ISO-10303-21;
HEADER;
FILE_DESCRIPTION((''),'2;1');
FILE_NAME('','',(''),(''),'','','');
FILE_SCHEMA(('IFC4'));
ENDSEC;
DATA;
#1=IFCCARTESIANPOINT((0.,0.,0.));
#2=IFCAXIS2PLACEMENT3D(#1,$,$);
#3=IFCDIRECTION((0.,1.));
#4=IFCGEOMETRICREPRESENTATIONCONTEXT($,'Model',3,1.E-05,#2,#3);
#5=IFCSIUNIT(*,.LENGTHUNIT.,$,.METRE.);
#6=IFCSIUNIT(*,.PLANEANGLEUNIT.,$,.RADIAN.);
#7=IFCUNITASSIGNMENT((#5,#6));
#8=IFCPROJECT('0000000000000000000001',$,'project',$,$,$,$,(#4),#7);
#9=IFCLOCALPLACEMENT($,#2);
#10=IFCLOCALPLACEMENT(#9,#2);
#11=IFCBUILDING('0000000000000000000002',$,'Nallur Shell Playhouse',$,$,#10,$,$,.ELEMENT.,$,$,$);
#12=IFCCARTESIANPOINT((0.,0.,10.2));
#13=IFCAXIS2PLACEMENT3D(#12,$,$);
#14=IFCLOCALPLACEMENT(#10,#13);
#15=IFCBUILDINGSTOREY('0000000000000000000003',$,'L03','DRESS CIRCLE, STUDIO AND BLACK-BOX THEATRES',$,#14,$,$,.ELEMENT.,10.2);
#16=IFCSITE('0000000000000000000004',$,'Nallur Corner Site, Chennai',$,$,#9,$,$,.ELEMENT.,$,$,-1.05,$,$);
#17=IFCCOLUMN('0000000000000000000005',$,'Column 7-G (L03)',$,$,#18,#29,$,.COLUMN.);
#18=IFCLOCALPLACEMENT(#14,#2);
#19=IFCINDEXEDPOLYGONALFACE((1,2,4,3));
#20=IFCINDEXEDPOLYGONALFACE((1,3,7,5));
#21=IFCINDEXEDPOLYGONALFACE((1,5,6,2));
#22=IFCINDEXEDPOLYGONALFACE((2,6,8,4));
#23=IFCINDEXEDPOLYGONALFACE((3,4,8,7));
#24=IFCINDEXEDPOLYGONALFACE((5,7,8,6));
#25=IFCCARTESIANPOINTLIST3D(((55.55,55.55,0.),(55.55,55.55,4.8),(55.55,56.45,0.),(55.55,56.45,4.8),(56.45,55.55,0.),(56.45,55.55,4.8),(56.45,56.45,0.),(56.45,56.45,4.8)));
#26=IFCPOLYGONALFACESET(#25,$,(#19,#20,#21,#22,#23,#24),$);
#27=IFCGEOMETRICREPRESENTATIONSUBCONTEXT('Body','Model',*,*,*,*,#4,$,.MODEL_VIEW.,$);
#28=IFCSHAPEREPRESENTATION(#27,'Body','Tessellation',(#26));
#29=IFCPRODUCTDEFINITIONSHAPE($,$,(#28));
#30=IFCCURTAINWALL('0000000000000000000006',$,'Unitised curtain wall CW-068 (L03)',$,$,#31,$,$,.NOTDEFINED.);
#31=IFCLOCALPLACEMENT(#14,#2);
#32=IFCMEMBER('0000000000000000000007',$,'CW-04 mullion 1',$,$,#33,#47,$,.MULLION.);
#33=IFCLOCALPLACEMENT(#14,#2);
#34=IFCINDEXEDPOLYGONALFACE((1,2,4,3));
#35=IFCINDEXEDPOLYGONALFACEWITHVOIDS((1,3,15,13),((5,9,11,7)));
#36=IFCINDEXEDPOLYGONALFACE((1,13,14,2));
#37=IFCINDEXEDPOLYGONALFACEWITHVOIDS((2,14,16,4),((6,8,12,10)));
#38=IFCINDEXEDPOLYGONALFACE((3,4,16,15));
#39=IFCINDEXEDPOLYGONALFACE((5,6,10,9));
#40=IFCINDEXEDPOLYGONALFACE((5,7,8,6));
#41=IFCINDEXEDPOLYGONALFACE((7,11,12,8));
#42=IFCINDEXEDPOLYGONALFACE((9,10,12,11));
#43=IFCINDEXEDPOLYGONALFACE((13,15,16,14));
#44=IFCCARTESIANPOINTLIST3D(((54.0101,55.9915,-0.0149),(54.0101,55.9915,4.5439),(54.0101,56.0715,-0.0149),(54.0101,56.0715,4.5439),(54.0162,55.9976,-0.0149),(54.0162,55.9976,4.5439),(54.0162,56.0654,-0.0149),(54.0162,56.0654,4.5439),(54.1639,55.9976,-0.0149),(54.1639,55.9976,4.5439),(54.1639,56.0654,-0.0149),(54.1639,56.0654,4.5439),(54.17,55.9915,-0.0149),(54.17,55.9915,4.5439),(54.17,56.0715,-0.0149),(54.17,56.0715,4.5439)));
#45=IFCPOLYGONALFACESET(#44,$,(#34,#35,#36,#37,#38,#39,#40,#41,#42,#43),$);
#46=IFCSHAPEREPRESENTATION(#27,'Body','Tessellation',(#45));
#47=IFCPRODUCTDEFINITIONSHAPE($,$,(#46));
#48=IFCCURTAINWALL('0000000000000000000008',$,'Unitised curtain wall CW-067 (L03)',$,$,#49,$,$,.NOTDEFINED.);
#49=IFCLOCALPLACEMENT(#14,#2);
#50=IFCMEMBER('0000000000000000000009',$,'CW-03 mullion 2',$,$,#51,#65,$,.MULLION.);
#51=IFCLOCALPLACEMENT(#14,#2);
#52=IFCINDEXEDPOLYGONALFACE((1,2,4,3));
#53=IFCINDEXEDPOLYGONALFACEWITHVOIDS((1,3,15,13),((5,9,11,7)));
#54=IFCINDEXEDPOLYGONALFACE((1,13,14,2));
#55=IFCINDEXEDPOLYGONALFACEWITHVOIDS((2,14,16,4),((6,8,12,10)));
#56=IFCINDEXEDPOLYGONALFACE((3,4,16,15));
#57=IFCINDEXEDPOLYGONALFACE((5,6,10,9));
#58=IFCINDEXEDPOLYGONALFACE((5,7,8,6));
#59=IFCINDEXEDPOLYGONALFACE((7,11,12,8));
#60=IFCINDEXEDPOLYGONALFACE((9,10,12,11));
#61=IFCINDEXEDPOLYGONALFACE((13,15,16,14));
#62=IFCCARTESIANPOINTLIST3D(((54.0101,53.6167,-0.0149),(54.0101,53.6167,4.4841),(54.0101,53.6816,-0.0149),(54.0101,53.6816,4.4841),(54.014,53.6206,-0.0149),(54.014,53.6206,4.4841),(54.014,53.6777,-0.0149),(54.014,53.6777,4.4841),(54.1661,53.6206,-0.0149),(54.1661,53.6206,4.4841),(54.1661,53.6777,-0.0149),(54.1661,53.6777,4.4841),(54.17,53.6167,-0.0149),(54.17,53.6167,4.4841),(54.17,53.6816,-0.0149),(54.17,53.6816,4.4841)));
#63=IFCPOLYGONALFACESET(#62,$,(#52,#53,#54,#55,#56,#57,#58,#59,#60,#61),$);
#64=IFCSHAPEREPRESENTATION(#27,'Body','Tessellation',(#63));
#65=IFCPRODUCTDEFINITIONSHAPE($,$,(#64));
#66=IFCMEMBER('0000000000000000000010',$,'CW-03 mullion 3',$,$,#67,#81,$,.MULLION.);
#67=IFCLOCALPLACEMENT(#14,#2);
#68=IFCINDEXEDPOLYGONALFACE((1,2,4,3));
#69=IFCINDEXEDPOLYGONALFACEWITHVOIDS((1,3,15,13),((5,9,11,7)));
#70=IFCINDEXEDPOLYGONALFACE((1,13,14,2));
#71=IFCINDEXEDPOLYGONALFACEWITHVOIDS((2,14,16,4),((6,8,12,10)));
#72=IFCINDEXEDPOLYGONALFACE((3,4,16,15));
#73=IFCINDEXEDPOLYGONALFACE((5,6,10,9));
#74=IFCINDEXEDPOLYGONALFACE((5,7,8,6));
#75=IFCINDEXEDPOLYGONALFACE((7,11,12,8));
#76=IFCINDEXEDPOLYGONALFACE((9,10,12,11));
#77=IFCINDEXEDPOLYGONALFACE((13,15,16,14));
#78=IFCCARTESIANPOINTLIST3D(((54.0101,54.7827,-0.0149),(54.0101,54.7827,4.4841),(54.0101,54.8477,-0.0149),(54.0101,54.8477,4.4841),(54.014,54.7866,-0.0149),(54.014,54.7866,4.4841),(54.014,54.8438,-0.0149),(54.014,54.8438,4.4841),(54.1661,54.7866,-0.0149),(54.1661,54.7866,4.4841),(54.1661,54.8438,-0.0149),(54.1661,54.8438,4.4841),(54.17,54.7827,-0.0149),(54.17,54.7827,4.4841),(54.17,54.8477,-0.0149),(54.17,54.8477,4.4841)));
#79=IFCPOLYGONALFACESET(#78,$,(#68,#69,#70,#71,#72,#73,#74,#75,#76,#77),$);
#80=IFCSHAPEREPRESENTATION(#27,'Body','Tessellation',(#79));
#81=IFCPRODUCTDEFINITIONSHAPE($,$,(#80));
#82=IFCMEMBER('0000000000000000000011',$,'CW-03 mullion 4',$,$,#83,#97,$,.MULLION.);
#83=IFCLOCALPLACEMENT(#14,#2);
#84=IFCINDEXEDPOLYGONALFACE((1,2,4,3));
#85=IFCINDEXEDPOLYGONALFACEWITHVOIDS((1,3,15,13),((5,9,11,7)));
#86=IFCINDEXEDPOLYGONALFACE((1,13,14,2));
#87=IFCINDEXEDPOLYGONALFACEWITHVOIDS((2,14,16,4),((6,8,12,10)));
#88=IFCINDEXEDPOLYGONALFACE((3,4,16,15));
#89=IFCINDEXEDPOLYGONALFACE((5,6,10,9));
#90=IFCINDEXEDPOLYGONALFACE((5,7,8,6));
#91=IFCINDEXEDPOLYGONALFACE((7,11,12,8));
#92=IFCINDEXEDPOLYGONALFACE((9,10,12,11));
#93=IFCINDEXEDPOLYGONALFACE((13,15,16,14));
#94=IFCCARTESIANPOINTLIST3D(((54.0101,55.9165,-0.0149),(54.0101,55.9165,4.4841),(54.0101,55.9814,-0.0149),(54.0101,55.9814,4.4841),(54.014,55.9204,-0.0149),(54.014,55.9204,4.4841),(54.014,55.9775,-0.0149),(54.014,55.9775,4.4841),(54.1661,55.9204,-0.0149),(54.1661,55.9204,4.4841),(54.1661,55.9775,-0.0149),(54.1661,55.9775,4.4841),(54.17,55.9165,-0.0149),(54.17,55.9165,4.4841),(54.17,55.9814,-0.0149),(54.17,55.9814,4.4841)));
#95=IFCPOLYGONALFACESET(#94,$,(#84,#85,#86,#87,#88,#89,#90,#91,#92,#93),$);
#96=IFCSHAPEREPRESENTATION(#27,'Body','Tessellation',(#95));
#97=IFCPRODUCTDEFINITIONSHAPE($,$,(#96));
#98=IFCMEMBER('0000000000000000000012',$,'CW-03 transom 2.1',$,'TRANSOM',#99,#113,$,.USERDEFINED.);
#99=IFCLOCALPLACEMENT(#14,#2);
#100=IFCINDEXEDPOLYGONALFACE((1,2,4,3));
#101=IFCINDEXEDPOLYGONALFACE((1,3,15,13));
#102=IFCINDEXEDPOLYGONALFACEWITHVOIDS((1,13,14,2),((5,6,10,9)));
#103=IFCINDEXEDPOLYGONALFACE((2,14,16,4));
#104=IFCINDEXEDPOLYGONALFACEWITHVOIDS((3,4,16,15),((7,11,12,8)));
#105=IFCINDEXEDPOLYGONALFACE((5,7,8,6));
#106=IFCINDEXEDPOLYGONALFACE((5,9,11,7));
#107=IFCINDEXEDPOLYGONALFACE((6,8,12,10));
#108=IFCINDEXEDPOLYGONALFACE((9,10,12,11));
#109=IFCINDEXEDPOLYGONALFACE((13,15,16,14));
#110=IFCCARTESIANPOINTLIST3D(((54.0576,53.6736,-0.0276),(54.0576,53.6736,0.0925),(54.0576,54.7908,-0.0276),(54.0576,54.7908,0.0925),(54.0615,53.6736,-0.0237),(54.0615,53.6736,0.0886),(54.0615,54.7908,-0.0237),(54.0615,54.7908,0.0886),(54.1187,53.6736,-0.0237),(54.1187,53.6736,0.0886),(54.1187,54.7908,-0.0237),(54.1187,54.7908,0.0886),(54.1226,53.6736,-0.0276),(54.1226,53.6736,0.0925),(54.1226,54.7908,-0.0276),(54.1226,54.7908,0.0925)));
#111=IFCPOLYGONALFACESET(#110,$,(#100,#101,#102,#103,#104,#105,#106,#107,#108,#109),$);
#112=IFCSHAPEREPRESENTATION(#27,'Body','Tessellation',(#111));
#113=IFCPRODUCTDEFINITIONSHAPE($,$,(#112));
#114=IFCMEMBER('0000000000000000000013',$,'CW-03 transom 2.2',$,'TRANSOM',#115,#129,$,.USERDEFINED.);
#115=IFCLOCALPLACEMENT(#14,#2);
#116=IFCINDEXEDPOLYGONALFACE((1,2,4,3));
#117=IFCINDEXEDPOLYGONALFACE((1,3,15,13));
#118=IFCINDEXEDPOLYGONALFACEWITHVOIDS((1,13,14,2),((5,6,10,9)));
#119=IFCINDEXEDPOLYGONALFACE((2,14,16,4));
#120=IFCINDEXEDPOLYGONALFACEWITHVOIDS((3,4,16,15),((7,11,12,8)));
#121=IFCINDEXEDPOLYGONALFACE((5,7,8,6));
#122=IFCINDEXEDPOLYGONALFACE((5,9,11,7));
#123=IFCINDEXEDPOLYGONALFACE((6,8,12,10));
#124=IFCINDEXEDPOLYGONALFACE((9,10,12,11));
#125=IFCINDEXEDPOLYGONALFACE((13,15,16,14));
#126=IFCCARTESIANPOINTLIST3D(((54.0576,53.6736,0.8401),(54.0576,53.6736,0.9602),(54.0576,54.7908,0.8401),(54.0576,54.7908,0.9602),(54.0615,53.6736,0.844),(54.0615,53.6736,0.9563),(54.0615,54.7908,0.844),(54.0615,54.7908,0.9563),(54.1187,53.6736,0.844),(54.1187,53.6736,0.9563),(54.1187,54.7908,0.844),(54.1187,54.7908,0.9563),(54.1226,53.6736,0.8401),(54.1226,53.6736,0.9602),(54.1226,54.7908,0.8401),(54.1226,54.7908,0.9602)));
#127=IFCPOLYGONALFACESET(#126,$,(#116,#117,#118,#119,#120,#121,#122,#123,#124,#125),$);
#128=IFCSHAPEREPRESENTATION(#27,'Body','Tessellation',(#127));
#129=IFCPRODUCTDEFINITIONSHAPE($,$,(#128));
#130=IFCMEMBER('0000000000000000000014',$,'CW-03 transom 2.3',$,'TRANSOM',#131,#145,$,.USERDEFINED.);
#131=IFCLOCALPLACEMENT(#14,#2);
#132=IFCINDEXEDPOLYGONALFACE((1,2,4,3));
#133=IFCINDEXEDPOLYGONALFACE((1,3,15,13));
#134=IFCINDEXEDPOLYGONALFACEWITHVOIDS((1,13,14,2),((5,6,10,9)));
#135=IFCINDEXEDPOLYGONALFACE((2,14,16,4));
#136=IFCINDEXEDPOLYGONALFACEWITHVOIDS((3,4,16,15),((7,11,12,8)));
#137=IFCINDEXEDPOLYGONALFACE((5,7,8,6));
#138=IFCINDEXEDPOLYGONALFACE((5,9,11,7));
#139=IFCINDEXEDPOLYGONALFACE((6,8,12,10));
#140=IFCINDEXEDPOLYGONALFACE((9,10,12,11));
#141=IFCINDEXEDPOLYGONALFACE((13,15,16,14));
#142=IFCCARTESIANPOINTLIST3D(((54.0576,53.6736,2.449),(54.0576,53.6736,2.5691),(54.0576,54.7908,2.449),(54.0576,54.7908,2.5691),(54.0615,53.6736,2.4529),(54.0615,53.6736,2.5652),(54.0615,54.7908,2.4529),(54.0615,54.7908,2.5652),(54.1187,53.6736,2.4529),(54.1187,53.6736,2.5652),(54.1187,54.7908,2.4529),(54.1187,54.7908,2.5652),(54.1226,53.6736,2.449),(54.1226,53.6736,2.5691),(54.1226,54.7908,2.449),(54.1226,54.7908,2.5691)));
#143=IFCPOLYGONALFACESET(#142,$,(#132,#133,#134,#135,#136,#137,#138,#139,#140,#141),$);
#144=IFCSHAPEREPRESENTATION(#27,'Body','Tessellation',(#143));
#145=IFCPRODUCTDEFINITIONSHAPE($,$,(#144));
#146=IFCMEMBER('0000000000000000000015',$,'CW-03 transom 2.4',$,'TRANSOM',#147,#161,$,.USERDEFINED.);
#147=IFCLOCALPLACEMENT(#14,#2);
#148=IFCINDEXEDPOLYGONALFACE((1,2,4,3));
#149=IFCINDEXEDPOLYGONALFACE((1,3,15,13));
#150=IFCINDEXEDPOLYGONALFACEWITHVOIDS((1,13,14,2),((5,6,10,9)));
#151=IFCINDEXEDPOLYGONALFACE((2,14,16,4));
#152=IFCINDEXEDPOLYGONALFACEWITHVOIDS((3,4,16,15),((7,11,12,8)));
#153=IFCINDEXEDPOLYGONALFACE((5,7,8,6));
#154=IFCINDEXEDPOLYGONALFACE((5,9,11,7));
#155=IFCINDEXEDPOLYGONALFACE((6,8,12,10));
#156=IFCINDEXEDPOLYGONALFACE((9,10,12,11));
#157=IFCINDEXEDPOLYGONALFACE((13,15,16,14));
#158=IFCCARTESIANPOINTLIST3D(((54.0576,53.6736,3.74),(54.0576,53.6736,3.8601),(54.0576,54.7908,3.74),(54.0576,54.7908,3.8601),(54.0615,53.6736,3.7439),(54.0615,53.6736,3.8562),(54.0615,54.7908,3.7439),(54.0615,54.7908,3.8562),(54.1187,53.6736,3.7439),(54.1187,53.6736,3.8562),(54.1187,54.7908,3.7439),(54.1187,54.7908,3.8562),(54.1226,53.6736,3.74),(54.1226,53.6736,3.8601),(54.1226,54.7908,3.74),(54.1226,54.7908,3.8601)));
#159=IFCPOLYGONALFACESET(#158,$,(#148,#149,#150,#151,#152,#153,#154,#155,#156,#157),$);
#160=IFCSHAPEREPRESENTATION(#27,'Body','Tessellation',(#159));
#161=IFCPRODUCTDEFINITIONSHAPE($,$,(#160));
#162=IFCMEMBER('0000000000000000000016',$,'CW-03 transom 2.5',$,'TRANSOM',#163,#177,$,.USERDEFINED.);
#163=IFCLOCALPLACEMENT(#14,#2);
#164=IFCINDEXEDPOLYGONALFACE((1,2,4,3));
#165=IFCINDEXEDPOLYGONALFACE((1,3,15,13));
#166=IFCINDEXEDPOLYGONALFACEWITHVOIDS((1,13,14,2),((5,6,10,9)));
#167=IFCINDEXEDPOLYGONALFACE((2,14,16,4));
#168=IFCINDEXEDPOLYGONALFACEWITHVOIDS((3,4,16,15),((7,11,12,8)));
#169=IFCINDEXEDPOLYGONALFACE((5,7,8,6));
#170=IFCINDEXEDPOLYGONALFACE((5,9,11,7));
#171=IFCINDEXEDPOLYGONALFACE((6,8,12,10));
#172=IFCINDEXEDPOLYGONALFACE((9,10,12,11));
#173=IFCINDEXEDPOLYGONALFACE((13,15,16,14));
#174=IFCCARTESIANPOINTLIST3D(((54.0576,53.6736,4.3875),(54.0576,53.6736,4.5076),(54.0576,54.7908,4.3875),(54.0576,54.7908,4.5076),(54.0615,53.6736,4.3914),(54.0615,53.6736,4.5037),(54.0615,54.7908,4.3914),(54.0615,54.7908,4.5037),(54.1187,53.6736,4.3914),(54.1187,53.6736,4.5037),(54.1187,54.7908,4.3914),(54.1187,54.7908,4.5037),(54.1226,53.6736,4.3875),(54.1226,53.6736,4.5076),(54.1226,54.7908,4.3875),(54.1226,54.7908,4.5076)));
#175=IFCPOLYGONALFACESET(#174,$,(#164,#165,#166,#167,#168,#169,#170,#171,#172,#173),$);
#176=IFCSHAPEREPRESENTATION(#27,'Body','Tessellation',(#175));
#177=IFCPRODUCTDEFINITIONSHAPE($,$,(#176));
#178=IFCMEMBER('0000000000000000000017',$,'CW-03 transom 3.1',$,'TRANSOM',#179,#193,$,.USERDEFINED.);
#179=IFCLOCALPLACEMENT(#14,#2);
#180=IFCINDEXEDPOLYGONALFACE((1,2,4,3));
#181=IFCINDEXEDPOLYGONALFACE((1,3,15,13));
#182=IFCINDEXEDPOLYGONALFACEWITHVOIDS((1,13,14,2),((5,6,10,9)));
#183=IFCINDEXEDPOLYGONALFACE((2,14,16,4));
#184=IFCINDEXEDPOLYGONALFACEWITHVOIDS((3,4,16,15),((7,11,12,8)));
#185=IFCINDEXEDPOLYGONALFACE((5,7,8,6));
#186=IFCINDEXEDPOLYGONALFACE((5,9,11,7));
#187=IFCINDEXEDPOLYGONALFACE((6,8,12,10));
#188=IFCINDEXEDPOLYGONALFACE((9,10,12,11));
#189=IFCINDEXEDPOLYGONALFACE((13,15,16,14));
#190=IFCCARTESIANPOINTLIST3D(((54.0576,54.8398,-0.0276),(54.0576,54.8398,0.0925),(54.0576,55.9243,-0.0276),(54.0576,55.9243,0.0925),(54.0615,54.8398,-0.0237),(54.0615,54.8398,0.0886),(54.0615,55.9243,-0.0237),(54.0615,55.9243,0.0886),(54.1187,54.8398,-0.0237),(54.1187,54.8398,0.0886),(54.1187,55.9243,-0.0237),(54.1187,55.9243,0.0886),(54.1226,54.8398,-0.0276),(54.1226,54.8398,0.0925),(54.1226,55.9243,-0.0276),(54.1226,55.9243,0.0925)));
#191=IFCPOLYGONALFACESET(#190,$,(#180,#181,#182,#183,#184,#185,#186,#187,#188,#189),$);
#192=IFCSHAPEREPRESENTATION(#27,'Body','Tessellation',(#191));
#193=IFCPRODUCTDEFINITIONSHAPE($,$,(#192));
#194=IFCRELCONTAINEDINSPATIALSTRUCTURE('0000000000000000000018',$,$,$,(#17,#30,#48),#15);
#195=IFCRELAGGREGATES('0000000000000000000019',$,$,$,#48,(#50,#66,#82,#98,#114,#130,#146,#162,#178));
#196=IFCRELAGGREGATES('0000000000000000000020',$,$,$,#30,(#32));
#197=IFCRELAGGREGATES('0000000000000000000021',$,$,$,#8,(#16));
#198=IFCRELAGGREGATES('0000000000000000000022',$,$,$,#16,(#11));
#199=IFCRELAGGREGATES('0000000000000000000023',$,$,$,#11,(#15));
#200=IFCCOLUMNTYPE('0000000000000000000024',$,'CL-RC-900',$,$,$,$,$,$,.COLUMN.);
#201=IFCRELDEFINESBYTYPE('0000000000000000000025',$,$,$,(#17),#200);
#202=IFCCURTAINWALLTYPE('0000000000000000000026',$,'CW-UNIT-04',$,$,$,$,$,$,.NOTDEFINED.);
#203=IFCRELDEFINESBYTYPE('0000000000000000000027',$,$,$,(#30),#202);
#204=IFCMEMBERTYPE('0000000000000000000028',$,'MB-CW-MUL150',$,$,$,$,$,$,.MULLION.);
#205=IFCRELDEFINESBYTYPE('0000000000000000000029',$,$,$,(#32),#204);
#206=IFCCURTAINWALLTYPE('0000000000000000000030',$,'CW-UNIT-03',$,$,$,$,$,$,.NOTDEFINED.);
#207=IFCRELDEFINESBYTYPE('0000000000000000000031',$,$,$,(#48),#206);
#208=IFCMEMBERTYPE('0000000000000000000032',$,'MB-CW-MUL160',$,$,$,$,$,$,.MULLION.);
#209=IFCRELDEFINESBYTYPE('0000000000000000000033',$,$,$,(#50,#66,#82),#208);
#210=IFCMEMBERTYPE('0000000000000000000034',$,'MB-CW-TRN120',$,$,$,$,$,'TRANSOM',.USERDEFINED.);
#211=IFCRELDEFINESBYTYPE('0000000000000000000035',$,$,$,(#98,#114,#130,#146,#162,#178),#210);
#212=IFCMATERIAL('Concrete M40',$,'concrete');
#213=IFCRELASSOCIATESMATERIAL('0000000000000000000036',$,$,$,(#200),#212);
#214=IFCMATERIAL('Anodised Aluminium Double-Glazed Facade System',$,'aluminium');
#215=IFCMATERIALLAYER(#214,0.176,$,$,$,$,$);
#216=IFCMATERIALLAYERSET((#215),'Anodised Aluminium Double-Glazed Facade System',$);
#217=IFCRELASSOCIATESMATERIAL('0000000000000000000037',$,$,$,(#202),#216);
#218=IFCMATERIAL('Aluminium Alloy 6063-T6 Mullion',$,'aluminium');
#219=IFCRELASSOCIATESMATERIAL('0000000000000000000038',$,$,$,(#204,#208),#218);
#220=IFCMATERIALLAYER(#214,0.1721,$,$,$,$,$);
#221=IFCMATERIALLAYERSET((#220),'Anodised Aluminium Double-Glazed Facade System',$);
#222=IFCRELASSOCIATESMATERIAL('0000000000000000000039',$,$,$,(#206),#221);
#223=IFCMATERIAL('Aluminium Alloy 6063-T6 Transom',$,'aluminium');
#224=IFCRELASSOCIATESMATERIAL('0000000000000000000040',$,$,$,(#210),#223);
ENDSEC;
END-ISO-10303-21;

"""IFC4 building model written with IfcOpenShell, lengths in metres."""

from ifc_helpers import new_model, si_unit, direction, frame, origin, origin_2d, place, context, subcontext, project, spatial, rectangle, hollow_rectangle, extrude, material, layer, layer_set, material_profile, profile_set, type_object, element, aggregate, save


model = new_model("IFC4")

# Units and contexts
model_context = context("Model", 3, precision=1e-05, world=origin(), true_north=direction((0.0, 1.0)))
body_context = subcontext(model_context, "Body", "Model", "MODEL_VIEW")
ifc_project = project(units=[si_unit("LENGTHUNIT", "METRE"), si_unit("PLANEANGLEUNIT", "RADIAN")], contexts=[model_context])

# Site, building, storey
site_placement = place(None, origin())
site = spatial("IfcSite", under=ifc_project, at=site_placement, Name="Nallur Corner Site, Chennai", CompositionType="ELEMENT", RefElevation=-1.05)
building_placement = place(site_placement, origin())
building = spatial("IfcBuilding", under=site, at=building_placement, Name="Nallur Shell Playhouse", CompositionType="ELEMENT")
storey_placement = place(building_placement, frame((0.0, 0.0, 10.2)))
storey = spatial("IfcBuildingStorey", under=building, at=storey_placement, Name="L03", Description="DRESS CIRCLE, STUDIO AND BLACK-BOX THEATRES", CompositionType="ELEMENT", Elevation=10.2)

# Column
ifc_material_1 = material(Name="Concrete M40", Category="concrete")
ifc_material_profile_1 = material_profile(ifc_material_1, rectangle(XDim=0.8999, YDim=0.8999, at=origin_2d()), Name="RC 900x900")
ifc_profile_set_1 = profile_set([ifc_material_profile_1], Name="Concrete M40")
column_type = type_object("IfcColumnType", Name="CL-RC-900", PredefinedType="COLUMN", material=ifc_profile_set_1)
column_placement = place(storey_placement, frame((56.0, 56.0, 0.0), z_axis=(0.0, 0.0, 1.0), x_axis=(1.0, 0.0, 0.0)))
element("IfcColumn", 1, at=column_placement, inside=storey, type_object=column_type, Name="Column 7-G (L03)", PredefinedType="COLUMN", context=body_context, shape_type="SweptSolid", body=[
    extrude(rectangle(XDim=0.8999, YDim=0.8999, at=origin_2d()), origin(), (0.0, 0.0, 1.0), 4.8),
])

# Curtain wall, member
ifc_material_2 = material(Name="Anodised Aluminium Double-Glazed Facade System", Category="aluminium")
ifc_layer_1 = layer(ifc_material_2, 0.176)
ifc_layer_set_1 = layer_set([ifc_layer_1], Name="Anodised Aluminium Double-Glazed Facade System")
curtain_wall_type_1 = type_object("IfcCurtainWallType", Name="CW-UNIT-04", PredefinedType="NOTDEFINED", material=ifc_layer_set_1)
curtain_wall_1_placement = place(storey_placement, origin())
curtain_wall_1 = element("IfcCurtainWall", 2, at=curtain_wall_1_placement, inside=storey, type_object=curtain_wall_type_1, Name="Unitised curtain wall CW-068 (L03)", PredefinedType="NOTDEFINED")
ifc_material_3 = material(Name="Aluminium Alloy 6063-T6 Mullion", Category="aluminium")
ifc_material_profile_2 = material_profile(ifc_material_3, hollow_rectangle(XDim=0.0801, YDim=0.1599, WallThickness=0.0061, at=origin_2d()), Name="RHS 160x80x6")
ifc_profile_set_2 = profile_set([ifc_material_profile_2], Name="Aluminium Alloy 6063-T6 Mullion")
member_type_1 = type_object("IfcMemberType", Name="MB-CW-MUL150", PredefinedType="MULLION", material=ifc_profile_set_2)
member_1_placement = place(storey_placement, frame((54.0901, 56.0315, -0.0149), z_axis=(0.0, 0.0, 1.0), x_axis=(0.0, 1.0, 0.0)))
member_1 = element("IfcMember", 3, at=member_1_placement, type_object=member_type_1, Name="CW-04 mullion 1", PredefinedType="MULLION", context=body_context, shape_type="SweptSolid", body=[
    extrude(hollow_rectangle(XDim=0.0801, YDim=0.1599, WallThickness=0.0061, at=origin_2d()), origin(), (0.0, 0.0, 1.0), 4.5588),
])

# Curtain wall, members
ifc_layer_2 = layer(ifc_material_2, 0.1721)
ifc_layer_set_2 = layer_set([ifc_layer_2], Name="Anodised Aluminium Double-Glazed Facade System")
curtain_wall_type_2 = type_object("IfcCurtainWallType", Name="CW-UNIT-03", PredefinedType="NOTDEFINED", material=ifc_layer_set_2)
curtain_wall_2_placement = place(storey_placement, origin())
curtain_wall_2 = element("IfcCurtainWall", 4, at=curtain_wall_2_placement, inside=storey, type_object=curtain_wall_type_2, Name="Unitised curtain wall CW-067 (L03)", PredefinedType="NOTDEFINED")
ifc_material_profile_3 = material_profile(ifc_material_3, hollow_rectangle(XDim=0.0649, YDim=0.1599, WallThickness=0.0039, at=origin_2d()), Name="ALU 65x160x4")
ifc_profile_set_3 = profile_set([ifc_material_profile_3], Name="Aluminium Alloy 6063-T6 Mullion")
member_type_2 = type_object("IfcMemberType", Name="MB-CW-MUL160", PredefinedType="MULLION", material=ifc_profile_set_3)
member_2_placement = place(storey_placement, frame((54.0901, 53.6492, -0.0149), z_axis=(0.0, 0.0, 1.0), x_axis=(0.0, 1.0, 0.0)))
member_2 = element("IfcMember", 5, at=member_2_placement, type_object=member_type_2, Name="CW-03 mullion 2", PredefinedType="MULLION", context=body_context, shape_type="SweptSolid", body=[
    extrude(hollow_rectangle(XDim=0.0649, YDim=0.1599, WallThickness=0.0039, at=origin_2d()), origin(), (0.0, 0.0, 1.0), 4.499),
])
member_3_placement = place(storey_placement, frame((54.0901, 54.8152, -0.0149), z_axis=(0.0, 0.0, 1.0), x_axis=(0.0, 1.0, 0.0)))
member_3 = element("IfcMember", 6, at=member_3_placement, type_object=member_type_2, Name="CW-03 mullion 3", PredefinedType="MULLION", context=body_context, shape_type="SweptSolid", body=[
    extrude(hollow_rectangle(XDim=0.0649, YDim=0.1599, WallThickness=0.0039, at=origin_2d()), origin(), (0.0, 0.0, 1.0), 4.499),
])
member_4_placement = place(storey_placement, frame((54.0901, 55.949, -0.0149), z_axis=(0.0, 0.0, 1.0), x_axis=(0.0, 1.0, 0.0)))
member_4 = element("IfcMember", 7, at=member_4_placement, type_object=member_type_2, Name="CW-03 mullion 4", PredefinedType="MULLION", context=body_context, shape_type="SweptSolid", body=[
    extrude(hollow_rectangle(XDim=0.0649, YDim=0.1599, WallThickness=0.0039, at=origin_2d()), origin(), (0.0, 0.0, 1.0), 4.499),
])
ifc_material_4 = material(Name="Aluminium Alloy 6063-T6 Transom", Category="aluminium")
ifc_material_profile_4 = material_profile(ifc_material_4, hollow_rectangle(XDim=0.0649, YDim=0.1201, WallThickness=0.0039, at=origin_2d()), Name="ALU 65x120x4")
ifc_profile_set_4 = profile_set([ifc_material_profile_4], Name="Aluminium Alloy 6063-T6 Transom")
member_type_3 = type_object("IfcMemberType", Name="MB-CW-TRN120", ElementType="TRANSOM", PredefinedType="USERDEFINED", material=ifc_profile_set_4)
member_5_placement = place(storey_placement, frame((54.0901, 53.6736, 0.0325), z_axis=(0.0, 1.0, 0.0), x_axis=(-1.0, 0.0, 0.0)))
member_5 = element("IfcMember", 8, at=member_5_placement, type_object=member_type_3, Name="CW-03 transom 2.1", ObjectType="TRANSOM", PredefinedType="USERDEFINED", context=body_context, shape_type="SweptSolid", body=[
    extrude(hollow_rectangle(XDim=0.0649, YDim=0.1201, WallThickness=0.0039, at=origin_2d()), origin(), (0.0, 0.0, 1.0), 1.1172),
])
member_6_placement = place(storey_placement, frame((54.0901, 53.6736, 0.9001), z_axis=(0.0, 1.0, 0.0), x_axis=(-1.0, 0.0, 0.0)))
member_6 = element("IfcMember", 9, at=member_6_placement, type_object=member_type_3, Name="CW-03 transom 2.2", ObjectType="TRANSOM", PredefinedType="USERDEFINED", context=body_context, shape_type="SweptSolid", body=[
    extrude(hollow_rectangle(XDim=0.0649, YDim=0.1201, WallThickness=0.0039, at=origin_2d()), origin(), (0.0, 0.0, 1.0), 1.1172),
])
member_7_placement = place(storey_placement, frame((54.0901, 53.6736, 2.509), z_axis=(0.0, 1.0, 0.0), x_axis=(-1.0, 0.0, 0.0)))
member_7 = element("IfcMember", 10, at=member_7_placement, type_object=member_type_3, Name="CW-03 transom 2.3", ObjectType="TRANSOM", PredefinedType="USERDEFINED", context=body_context, shape_type="SweptSolid", body=[
    extrude(hollow_rectangle(XDim=0.0649, YDim=0.1201, WallThickness=0.0039, at=origin_2d()), origin(), (0.0, 0.0, 1.0), 1.1172),
])
member_8_placement = place(storey_placement, frame((54.0901, 53.6736, 3.8), z_axis=(0.0, 1.0, 0.0), x_axis=(-1.0, 0.0, 0.0)))
member_8 = element("IfcMember", 11, at=member_8_placement, type_object=member_type_3, Name="CW-03 transom 2.4", ObjectType="TRANSOM", PredefinedType="USERDEFINED", context=body_context, shape_type="SweptSolid", body=[
    extrude(hollow_rectangle(XDim=0.0649, YDim=0.1201, WallThickness=0.0039, at=origin_2d()), origin(), (0.0, 0.0, 1.0), 1.1172),
])
member_9_placement = place(storey_placement, frame((54.0901, 53.6736, 4.4475), z_axis=(0.0, 1.0, 0.0), x_axis=(-1.0, 0.0, 0.0)))
member_9 = element("IfcMember", 12, at=member_9_placement, type_object=member_type_3, Name="CW-03 transom 2.5", ObjectType="TRANSOM", PredefinedType="USERDEFINED", context=body_context, shape_type="SweptSolid", body=[
    extrude(hollow_rectangle(XDim=0.0649, YDim=0.1201, WallThickness=0.0039, at=origin_2d()), origin(), (0.0, 0.0, 1.0), 1.1172),
])
member_10_placement = place(storey_placement, frame((54.0901, 54.8398, 0.0325), z_axis=(0.0, 1.0, 0.0), x_axis=(-1.0, 0.0, 0.0)))
member_10 = element("IfcMember", 13, at=member_10_placement, type_object=member_type_3, Name="CW-03 transom 3.1", ObjectType="TRANSOM", PredefinedType="USERDEFINED", context=body_context, shape_type="SweptSolid", body=[
    extrude(hollow_rectangle(XDim=0.0649, YDim=0.1201, WallThickness=0.0039, at=origin_2d()), origin(), (0.0, 0.0, 1.0), 1.0845),
])

aggregate(curtain_wall_2, [member_2, member_3, member_4, member_5, member_6, member_7, member_8, member_9, member_10])
aggregate(curtain_wall_1, [member_1])

save(model, "model.ifc")
